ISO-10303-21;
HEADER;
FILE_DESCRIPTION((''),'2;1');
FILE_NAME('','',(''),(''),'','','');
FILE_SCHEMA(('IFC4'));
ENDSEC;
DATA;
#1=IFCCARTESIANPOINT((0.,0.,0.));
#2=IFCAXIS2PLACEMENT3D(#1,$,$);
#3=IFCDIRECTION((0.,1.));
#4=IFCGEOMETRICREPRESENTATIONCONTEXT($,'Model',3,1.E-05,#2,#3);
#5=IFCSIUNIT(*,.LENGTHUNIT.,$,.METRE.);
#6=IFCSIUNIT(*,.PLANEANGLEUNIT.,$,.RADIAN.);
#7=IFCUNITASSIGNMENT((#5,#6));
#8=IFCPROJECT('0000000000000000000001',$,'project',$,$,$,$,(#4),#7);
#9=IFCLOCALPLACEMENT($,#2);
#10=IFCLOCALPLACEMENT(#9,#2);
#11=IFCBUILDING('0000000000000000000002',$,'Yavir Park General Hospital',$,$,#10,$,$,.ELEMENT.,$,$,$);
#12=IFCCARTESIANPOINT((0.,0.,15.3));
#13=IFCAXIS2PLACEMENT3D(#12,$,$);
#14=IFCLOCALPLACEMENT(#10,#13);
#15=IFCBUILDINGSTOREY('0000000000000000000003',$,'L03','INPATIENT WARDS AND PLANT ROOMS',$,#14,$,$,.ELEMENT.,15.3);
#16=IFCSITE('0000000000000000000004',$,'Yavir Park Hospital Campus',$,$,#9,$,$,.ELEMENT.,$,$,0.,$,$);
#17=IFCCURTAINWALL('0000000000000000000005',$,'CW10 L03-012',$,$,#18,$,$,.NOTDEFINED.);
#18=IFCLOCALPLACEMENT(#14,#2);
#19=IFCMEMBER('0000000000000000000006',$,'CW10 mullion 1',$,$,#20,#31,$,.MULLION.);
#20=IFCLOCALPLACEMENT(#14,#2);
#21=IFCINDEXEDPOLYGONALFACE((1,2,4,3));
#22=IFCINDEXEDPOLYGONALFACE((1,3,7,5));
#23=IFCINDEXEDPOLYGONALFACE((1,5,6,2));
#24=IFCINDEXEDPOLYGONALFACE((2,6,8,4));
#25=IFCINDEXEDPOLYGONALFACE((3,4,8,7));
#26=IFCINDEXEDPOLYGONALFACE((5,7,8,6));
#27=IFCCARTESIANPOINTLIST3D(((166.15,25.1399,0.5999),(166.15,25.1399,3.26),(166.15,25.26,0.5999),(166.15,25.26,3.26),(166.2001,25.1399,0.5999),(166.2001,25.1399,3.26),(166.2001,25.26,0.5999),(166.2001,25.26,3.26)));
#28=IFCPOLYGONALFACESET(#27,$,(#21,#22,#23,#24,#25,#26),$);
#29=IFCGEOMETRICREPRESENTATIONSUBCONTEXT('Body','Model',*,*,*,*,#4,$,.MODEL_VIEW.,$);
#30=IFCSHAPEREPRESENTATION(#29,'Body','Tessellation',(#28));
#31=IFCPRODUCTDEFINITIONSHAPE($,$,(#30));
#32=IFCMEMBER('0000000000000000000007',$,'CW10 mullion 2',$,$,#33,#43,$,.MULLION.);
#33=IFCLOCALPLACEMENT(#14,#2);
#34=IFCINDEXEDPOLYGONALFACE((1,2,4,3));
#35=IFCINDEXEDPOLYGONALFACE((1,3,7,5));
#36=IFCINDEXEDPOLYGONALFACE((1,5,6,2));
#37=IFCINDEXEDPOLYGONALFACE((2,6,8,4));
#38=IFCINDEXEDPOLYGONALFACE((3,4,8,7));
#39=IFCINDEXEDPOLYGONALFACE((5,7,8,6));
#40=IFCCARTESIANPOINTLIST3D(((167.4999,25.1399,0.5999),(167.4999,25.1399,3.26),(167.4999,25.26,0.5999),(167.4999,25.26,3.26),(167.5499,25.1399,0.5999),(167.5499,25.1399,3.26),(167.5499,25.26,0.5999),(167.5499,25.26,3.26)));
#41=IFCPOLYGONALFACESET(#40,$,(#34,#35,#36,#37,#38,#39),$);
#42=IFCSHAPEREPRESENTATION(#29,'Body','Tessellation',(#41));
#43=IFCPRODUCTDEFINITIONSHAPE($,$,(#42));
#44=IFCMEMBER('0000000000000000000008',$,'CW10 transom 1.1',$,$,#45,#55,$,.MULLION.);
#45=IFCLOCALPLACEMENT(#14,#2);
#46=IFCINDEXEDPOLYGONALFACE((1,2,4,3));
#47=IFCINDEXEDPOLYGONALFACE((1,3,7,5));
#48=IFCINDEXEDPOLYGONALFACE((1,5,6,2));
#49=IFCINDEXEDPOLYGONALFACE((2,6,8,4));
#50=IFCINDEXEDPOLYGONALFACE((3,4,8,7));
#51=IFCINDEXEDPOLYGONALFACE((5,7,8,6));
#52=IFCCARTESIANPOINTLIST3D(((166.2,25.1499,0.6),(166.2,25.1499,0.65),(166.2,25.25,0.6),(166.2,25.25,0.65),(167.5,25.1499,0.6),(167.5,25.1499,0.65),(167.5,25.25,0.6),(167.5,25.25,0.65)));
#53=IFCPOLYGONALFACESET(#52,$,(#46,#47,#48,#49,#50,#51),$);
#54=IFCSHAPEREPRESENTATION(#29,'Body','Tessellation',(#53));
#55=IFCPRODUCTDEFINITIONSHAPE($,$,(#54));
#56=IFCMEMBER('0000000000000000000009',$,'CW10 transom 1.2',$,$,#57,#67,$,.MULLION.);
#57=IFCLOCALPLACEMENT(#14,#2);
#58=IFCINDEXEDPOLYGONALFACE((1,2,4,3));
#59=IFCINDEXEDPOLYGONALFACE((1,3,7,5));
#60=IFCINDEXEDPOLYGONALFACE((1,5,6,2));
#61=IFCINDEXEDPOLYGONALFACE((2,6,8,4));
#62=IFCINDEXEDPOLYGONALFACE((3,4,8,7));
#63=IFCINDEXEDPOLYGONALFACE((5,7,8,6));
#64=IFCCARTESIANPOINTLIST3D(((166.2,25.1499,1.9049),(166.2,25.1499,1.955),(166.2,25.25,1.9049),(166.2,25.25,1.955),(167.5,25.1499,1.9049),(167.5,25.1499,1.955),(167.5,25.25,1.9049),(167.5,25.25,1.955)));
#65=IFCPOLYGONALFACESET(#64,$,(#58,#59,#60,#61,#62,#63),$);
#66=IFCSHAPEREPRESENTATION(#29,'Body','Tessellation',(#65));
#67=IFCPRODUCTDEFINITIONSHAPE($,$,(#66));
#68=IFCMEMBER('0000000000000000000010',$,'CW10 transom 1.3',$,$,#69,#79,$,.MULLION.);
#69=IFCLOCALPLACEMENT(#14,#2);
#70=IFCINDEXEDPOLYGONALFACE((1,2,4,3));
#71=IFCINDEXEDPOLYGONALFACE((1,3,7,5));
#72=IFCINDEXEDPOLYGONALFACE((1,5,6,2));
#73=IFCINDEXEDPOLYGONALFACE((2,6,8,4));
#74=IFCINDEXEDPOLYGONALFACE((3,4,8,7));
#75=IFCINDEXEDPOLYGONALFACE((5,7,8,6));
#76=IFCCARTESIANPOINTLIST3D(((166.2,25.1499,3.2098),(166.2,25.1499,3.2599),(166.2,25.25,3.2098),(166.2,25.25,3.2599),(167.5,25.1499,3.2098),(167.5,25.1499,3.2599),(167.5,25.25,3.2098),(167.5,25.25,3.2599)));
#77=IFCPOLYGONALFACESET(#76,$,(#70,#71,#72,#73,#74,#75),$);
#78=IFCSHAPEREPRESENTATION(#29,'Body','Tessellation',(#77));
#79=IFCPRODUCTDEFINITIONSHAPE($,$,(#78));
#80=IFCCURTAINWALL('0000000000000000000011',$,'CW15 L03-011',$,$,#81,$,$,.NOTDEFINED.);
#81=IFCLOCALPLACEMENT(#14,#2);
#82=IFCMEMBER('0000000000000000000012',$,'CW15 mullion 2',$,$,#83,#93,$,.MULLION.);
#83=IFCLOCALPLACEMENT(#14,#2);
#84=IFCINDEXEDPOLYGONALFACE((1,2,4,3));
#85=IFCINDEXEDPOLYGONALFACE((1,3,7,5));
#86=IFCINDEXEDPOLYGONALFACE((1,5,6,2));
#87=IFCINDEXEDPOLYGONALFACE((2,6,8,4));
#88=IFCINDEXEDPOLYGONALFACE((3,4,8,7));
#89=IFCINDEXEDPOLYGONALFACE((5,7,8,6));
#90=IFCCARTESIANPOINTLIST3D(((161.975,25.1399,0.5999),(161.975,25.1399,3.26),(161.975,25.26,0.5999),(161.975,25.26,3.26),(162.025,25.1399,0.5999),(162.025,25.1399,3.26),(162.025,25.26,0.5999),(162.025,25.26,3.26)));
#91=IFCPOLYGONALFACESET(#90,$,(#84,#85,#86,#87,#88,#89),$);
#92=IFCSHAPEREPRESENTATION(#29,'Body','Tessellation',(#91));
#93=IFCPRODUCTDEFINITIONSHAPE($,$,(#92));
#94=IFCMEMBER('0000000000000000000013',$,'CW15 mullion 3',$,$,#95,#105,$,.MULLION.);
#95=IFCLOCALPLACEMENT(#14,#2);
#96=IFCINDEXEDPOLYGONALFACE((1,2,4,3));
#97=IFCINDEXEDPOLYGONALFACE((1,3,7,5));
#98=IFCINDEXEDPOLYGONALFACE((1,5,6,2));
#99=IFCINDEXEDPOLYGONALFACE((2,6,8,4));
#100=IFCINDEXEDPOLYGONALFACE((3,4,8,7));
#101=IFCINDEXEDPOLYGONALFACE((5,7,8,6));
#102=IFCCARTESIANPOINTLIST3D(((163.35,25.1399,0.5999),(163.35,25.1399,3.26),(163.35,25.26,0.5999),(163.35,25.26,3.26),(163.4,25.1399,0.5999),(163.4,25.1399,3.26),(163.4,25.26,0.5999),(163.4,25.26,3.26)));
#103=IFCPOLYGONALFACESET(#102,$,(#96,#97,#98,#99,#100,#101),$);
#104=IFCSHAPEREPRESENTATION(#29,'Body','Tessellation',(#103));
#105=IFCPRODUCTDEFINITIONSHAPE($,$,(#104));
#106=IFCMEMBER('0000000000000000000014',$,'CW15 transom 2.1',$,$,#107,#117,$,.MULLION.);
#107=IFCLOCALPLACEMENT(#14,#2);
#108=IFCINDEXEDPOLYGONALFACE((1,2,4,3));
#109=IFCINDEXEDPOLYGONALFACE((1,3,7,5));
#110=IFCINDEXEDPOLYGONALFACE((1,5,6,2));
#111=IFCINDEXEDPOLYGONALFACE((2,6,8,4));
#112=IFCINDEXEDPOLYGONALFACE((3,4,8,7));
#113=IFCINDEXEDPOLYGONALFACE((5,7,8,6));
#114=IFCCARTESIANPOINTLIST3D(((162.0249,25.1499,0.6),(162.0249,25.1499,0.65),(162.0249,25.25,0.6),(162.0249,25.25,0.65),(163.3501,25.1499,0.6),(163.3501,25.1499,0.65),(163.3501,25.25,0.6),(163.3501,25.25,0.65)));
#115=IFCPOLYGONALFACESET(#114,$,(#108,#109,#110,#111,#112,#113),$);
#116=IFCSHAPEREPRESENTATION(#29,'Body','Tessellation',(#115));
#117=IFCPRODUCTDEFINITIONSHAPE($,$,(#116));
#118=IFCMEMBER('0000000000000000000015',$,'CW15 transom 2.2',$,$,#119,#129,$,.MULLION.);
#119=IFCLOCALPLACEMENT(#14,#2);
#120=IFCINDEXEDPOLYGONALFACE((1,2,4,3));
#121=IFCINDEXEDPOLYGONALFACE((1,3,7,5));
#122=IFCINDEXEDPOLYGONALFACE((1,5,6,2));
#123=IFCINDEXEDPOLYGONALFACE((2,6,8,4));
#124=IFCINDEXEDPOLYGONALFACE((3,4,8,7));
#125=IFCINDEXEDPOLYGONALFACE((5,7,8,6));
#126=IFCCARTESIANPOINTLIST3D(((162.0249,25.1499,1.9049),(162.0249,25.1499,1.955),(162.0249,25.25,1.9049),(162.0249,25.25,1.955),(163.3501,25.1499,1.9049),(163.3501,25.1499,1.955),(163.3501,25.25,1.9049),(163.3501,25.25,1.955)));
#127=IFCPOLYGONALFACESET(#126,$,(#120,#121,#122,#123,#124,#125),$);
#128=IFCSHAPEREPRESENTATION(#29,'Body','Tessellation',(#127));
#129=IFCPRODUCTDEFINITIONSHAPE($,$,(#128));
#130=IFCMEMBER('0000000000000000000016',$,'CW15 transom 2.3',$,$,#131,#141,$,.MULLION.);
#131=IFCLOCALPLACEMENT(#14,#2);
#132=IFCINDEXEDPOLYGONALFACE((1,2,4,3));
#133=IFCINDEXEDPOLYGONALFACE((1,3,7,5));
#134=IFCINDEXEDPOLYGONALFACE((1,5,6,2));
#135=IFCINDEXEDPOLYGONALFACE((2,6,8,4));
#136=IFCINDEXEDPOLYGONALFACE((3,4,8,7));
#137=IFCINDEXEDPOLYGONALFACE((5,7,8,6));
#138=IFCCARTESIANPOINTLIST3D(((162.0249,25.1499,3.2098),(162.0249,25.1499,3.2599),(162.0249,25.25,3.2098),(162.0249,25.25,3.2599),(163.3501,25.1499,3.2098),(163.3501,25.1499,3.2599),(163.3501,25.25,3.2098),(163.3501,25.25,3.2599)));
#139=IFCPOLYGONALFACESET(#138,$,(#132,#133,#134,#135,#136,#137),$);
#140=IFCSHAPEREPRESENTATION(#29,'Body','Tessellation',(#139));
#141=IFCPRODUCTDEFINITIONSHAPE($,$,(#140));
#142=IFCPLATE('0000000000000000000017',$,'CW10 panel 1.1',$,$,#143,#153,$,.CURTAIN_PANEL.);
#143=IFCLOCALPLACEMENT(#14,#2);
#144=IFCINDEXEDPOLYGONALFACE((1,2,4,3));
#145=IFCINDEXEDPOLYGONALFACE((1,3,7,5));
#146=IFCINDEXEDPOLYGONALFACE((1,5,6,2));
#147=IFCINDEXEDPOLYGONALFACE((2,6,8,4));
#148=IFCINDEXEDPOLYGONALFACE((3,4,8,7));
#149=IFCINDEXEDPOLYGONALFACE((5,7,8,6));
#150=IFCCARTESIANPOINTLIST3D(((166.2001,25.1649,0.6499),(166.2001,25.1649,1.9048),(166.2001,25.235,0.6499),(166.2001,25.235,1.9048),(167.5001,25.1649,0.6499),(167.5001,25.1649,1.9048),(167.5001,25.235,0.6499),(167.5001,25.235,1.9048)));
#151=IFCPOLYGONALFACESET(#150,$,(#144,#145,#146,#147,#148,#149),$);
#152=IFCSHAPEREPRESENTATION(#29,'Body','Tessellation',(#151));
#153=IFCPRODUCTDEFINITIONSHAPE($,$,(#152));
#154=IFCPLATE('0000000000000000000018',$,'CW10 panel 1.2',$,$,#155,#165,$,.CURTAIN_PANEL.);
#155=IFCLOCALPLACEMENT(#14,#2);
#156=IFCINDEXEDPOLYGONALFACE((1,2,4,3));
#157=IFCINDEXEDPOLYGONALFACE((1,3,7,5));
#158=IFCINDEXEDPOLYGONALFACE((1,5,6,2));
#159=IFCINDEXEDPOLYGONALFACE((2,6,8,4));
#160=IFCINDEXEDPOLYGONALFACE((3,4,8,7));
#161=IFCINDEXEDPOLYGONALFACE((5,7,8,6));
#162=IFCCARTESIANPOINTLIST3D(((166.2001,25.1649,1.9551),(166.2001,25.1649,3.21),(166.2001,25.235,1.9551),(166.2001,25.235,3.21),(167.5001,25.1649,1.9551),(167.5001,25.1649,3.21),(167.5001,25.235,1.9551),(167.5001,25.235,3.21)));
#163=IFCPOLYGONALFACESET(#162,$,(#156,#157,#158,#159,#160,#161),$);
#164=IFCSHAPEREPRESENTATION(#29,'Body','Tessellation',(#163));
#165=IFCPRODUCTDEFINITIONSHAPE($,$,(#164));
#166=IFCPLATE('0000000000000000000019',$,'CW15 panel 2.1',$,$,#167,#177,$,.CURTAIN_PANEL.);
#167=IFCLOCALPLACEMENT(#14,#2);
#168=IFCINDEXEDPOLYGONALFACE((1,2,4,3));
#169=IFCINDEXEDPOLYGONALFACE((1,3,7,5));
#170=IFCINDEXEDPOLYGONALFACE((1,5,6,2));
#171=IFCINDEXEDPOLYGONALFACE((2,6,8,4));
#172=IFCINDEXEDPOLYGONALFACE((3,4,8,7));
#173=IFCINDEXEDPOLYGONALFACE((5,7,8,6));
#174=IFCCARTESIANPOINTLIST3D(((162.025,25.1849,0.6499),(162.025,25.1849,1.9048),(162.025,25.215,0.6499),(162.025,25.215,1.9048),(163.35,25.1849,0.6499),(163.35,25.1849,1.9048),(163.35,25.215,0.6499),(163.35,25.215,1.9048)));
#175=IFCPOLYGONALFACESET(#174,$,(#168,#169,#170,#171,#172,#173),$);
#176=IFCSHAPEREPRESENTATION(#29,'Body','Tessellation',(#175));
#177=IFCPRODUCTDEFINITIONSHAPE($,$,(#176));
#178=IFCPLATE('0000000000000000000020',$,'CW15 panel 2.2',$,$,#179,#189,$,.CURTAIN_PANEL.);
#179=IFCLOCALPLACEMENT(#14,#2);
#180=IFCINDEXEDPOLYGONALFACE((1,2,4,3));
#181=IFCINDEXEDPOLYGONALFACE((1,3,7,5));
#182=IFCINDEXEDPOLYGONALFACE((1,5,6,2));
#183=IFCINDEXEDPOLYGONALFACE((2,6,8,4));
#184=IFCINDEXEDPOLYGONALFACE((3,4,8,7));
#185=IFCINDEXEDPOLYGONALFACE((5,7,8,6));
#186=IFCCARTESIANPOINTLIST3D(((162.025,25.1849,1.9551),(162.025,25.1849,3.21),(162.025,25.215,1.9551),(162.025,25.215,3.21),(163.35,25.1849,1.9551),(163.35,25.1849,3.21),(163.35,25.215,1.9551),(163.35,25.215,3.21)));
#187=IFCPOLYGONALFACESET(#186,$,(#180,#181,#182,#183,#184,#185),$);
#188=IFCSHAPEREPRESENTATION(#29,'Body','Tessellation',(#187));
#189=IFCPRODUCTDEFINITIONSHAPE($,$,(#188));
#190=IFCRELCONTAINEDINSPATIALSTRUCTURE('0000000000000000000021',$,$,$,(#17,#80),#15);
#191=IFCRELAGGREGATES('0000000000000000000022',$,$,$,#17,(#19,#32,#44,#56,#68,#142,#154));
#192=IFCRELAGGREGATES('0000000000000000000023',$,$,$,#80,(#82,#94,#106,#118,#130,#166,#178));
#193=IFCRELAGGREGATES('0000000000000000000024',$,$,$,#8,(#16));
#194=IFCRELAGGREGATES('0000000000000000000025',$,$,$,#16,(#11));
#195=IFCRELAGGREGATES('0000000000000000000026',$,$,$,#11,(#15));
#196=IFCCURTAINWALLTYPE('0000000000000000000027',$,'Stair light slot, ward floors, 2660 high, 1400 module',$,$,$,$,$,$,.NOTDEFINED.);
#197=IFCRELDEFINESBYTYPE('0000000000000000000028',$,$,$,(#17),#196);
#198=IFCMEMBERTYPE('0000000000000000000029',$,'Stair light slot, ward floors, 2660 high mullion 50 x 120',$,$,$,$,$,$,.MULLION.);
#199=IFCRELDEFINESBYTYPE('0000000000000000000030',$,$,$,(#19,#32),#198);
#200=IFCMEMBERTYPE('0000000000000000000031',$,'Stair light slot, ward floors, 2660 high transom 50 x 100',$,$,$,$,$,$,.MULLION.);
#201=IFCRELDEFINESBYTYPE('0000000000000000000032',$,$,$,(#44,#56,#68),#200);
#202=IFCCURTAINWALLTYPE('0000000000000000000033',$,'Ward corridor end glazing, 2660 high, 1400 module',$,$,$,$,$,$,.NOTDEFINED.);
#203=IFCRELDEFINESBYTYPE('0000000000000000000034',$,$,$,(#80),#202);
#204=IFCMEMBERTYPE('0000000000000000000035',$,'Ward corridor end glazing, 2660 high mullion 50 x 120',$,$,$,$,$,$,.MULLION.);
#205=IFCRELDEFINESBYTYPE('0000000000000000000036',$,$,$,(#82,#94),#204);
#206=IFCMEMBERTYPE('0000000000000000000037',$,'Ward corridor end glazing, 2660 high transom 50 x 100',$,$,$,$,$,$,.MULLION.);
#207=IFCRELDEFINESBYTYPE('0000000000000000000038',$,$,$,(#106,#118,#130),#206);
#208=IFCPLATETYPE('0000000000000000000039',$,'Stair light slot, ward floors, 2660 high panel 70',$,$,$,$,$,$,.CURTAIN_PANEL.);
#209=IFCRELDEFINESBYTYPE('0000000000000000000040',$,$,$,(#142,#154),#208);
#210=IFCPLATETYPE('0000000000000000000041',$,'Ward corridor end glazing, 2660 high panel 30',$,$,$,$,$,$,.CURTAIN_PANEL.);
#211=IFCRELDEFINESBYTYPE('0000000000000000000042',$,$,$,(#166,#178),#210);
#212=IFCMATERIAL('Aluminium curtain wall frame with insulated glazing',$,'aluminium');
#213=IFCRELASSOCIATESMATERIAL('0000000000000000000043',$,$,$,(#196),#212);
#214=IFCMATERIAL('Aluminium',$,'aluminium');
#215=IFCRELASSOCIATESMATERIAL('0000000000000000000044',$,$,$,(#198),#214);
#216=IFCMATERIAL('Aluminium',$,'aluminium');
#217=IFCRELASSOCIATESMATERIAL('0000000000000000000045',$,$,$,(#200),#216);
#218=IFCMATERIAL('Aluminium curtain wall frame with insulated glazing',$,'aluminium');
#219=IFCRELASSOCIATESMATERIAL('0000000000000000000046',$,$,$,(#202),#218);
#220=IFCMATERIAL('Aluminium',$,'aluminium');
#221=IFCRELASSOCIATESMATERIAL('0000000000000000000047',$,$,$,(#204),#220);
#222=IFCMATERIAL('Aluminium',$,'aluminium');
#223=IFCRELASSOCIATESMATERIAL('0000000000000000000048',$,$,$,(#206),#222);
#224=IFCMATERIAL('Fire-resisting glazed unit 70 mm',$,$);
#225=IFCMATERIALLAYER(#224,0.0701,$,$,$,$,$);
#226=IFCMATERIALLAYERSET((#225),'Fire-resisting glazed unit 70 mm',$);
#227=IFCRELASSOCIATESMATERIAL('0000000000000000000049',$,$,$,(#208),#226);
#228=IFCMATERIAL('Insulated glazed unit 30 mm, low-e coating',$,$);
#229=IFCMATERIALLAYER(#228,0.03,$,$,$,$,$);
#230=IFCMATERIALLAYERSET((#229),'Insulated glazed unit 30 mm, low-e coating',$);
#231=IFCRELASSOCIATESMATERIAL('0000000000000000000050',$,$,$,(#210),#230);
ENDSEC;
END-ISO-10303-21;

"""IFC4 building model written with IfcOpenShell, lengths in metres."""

from ifc_helpers import new_model, si_unit, direction, frame, origin, origin_2d, place, context, subcontext, project, spatial, rectangle, extrude, material, layer, layer_set, material_profile, profile_set, type_object, element, aggregate, save


model = new_model("IFC4")

# Units and contexts
model_context = context("Model", 3, precision=1e-05, world=origin(), true_north=direction((0.0, 1.0)))
body_context = subcontext(model_context, "Body", "Model", "MODEL_VIEW")
ifc_project = project(units=[si_unit("LENGTHUNIT", "METRE"), si_unit("PLANEANGLEUNIT", "RADIAN")], contexts=[model_context])

# Site, building, storey
site_placement = place(None, origin())
site = spatial("IfcSite", under=ifc_project, at=site_placement, Name="Yavir Park Hospital Campus", CompositionType="ELEMENT", RefElevation=0.0)
building_placement = place(site_placement, origin())
building = spatial("IfcBuilding", under=site, at=building_placement, Name="Yavir Park General Hospital", CompositionType="ELEMENT")
storey_placement = place(building_placement, frame((0.0, 0.0, 15.3)))
storey = spatial("IfcBuildingStorey", under=building, at=storey_placement, Name="L03", Description="INPATIENT WARDS AND PLANT ROOMS", CompositionType="ELEMENT", Elevation=15.3)

# Curtain walls, members
ifc_material_1 = material(Name="Aluminium curtain wall frame with insulated glazing", Category="aluminium")
curtain_wall_type_1 = type_object("IfcCurtainWallType", Name="Stair light slot, ward floors, 2660 high, 1400 module", PredefinedType="NOTDEFINED", material=ifc_material_1)
curtain_wall_1_placement = place(storey_placement, origin())
curtain_wall_1 = element("IfcCurtainWall", 1, at=curtain_wall_1_placement, inside=storey, type_object=curtain_wall_type_1, Name="CW10 L03-012", PredefinedType="NOTDEFINED")
ifc_material_2 = material(Name="Aluminium", Category="aluminium")
ifc_material_profile_1 = material_profile(ifc_material_2, rectangle(XDim=0.1201, YDim=0.05, at=origin_2d()), Name="AL 50x120")
ifc_profile_set_1 = profile_set([ifc_material_profile_1], Name="Aluminium")
member_type_1 = type_object("IfcMemberType", Name="Stair light slot, ward floors, 2660 high mullion 50 x 120", PredefinedType="MULLION", material=ifc_profile_set_1)
member_1_placement = place(storey_placement, frame((166.175, 25.2, 0.5999), z_axis=(0.0, 0.0, 1.0), x_axis=(0.0, 1.0, 0.0)))
member_1 = element("IfcMember", 2, at=member_1_placement, type_object=member_type_1, Name="CW10 mullion 1", PredefinedType="MULLION", context=body_context, shape_type="SweptSolid", body=[
    extrude(rectangle(XDim=0.1201, YDim=0.05, at=origin_2d()), origin(), (0.0, 0.0, 1.0), 2.6602),
])
member_2_placement = place(storey_placement, frame((167.5249, 25.2, 0.5999), z_axis=(0.0, 0.0, 1.0), x_axis=(0.0, 1.0, 0.0)))
member_2 = element("IfcMember", 3, at=member_2_placement, type_object=member_type_1, Name="CW10 mullion 2", PredefinedType="MULLION", context=body_context, shape_type="SweptSolid", body=[
    extrude(rectangle(XDim=0.1201, YDim=0.05, at=origin_2d()), origin(), (0.0, 0.0, 1.0), 2.6602),
])
ifc_material_3 = material(Name="Aluminium", Category="aluminium")
ifc_material_profile_2 = material_profile(ifc_material_3, rectangle(XDim=0.1001, YDim=0.05, at=origin_2d()), Name="AL 100x50")
ifc_profile_set_2 = profile_set([ifc_material_profile_2], Name="Aluminium")
member_type_2 = type_object("IfcMemberType", Name="Stair light slot, ward floors, 2660 high transom 50 x 100", PredefinedType="MULLION", material=ifc_profile_set_2)
member_3_placement = place(storey_placement, frame((166.2, 25.2, 0.625), z_axis=(1.0, 0.0, 0.0), x_axis=(0.0, 1.0, 0.0)))
member_3 = element("IfcMember", 4, at=member_3_placement, type_object=member_type_2, Name="CW10 transom 1.1", PredefinedType="MULLION", context=body_context, shape_type="SweptSolid", body=[
    extrude(rectangle(XDim=0.1001, YDim=0.05, at=origin_2d()), origin(), (0.0, 0.0, 1.0), 1.3),
])
member_4_placement = place(storey_placement, frame((166.2, 25.2, 1.9299), z_axis=(1.0, 0.0, 0.0), x_axis=(0.0, 1.0, 0.0)))
member_4 = element("IfcMember", 5, at=member_4_placement, type_object=member_type_2, Name="CW10 transom 1.2", PredefinedType="MULLION", context=body_context, shape_type="SweptSolid", body=[
    extrude(rectangle(XDim=0.1001, YDim=0.05, at=origin_2d()), origin(), (0.0, 0.0, 1.0), 1.3),
])
member_5_placement = place(storey_placement, frame((166.2, 25.2, 3.2349), z_axis=(1.0, 0.0, 0.0), x_axis=(0.0, 1.0, 0.0)))
member_5 = element("IfcMember", 6, at=member_5_placement, type_object=member_type_2, Name="CW10 transom 1.3", PredefinedType="MULLION", context=body_context, shape_type="SweptSolid", body=[
    extrude(rectangle(XDim=0.1001, YDim=0.05, at=origin_2d()), origin(), (0.0, 0.0, 1.0), 1.3),
])
ifc_material_4 = material(Name="Aluminium curtain wall frame with insulated glazing", Category="aluminium")
curtain_wall_type_2 = type_object("IfcCurtainWallType", Name="Ward corridor end glazing, 2660 high, 1400 module", PredefinedType="NOTDEFINED", material=ifc_material_4)
curtain_wall_2_placement = place(storey_placement, origin())
curtain_wall_2 = element("IfcCurtainWall", 7, at=curtain_wall_2_placement, inside=storey, type_object=curtain_wall_type_2, Name="CW15 L03-011", PredefinedType="NOTDEFINED")
ifc_material_5 = material(Name="Aluminium", Category="aluminium")
ifc_material_profile_3 = material_profile(ifc_material_5, rectangle(XDim=0.1201, YDim=0.05, at=origin_2d()), Name="AL 50x120")
ifc_profile_set_3 = profile_set([ifc_material_profile_3], Name="Aluminium")
member_type_3 = type_object("IfcMemberType", Name="Ward corridor end glazing, 2660 high mullion 50 x 120", PredefinedType="MULLION", material=ifc_profile_set_3)
member_6_placement = place(storey_placement, frame((162.0, 25.2, 0.5999), z_axis=(0.0, 0.0, 1.0), x_axis=(0.0, 1.0, 0.0)))
member_6 = element("IfcMember", 8, at=member_6_placement, type_object=member_type_3, Name="CW15 mullion 2", PredefinedType="MULLION", context=body_context, shape_type="SweptSolid", body=[
    extrude(rectangle(XDim=0.1201, YDim=0.05, at=origin_2d()), origin(), (0.0, 0.0, 1.0), 2.6602),
])
member_7_placement = place(storey_placement, frame((163.375, 25.2, 0.5999), z_axis=(0.0, 0.0, 1.0), x_axis=(0.0, 1.0, 0.0)))
member_7 = element("IfcMember", 9, at=member_7_placement, type_object=member_type_3, Name="CW15 mullion 3", PredefinedType="MULLION", context=body_context, shape_type="SweptSolid", body=[
    extrude(rectangle(XDim=0.1201, YDim=0.05, at=origin_2d()), origin(), (0.0, 0.0, 1.0), 2.6602),
])
ifc_material_6 = material(Name="Aluminium", Category="aluminium")
ifc_material_profile_4 = material_profile(ifc_material_6, rectangle(XDim=0.1001, YDim=0.05, at=origin_2d()), Name="AL 100x50")
ifc_profile_set_4 = profile_set([ifc_material_profile_4], Name="Aluminium")
member_type_4 = type_object("IfcMemberType", Name="Ward corridor end glazing, 2660 high transom 50 x 100", PredefinedType="MULLION", material=ifc_profile_set_4)
member_8_placement = place(storey_placement, frame((162.0249, 25.2, 0.625), z_axis=(1.0, 0.0, 0.0), x_axis=(0.0, 1.0, 0.0)))
member_8 = element("IfcMember", 10, at=member_8_placement, type_object=member_type_4, Name="CW15 transom 2.1", PredefinedType="MULLION", context=body_context, shape_type="SweptSolid", body=[
    extrude(rectangle(XDim=0.1001, YDim=0.05, at=origin_2d()), origin(), (0.0, 0.0, 1.0), 1.3252),
])
member_9_placement = place(storey_placement, frame((162.0249, 25.2, 1.9299), z_axis=(1.0, 0.0, 0.0), x_axis=(0.0, 1.0, 0.0)))
member_9 = element("IfcMember", 11, at=member_9_placement, type_object=member_type_4, Name="CW15 transom 2.2", PredefinedType="MULLION", context=body_context, shape_type="SweptSolid", body=[
    extrude(rectangle(XDim=0.1001, YDim=0.05, at=origin_2d()), origin(), (0.0, 0.0, 1.0), 1.3252),
])
member_10_placement = place(storey_placement, frame((162.0249, 25.2, 3.2349), z_axis=(1.0, 0.0, 0.0), x_axis=(0.0, 1.0, 0.0)))
member_10 = element("IfcMember", 12, at=member_10_placement, type_object=member_type_4, Name="CW15 transom 2.3", PredefinedType="MULLION", context=body_context, shape_type="SweptSolid", body=[
    extrude(rectangle(XDim=0.1001, YDim=0.05, at=origin_2d()), origin(), (0.0, 0.0, 1.0), 1.3252),
])

# Plates
ifc_material_7 = material(Name="Fire-resisting glazed unit 70 mm")
ifc_layer_1 = layer(ifc_material_7, 0.0701)
ifc_layer_set_1 = layer_set([ifc_layer_1], Name="Fire-resisting glazed unit 70 mm")
plate_type_1 = type_object("IfcPlateType", Name="Stair light slot, ward floors, 2660 high panel 70", PredefinedType="CURTAIN_PANEL", material=ifc_layer_set_1)
plate_1_placement = place(storey_placement, frame((166.8501, 25.2, 0.6499), z_axis=(0.0, 0.0, 1.0), x_axis=(1.0, 0.0, 0.0)))
plate_1 = element("IfcPlate", 13, at=plate_1_placement, type_object=plate_type_1, Name="CW10 panel 1.1", PredefinedType="CURTAIN_PANEL", context=body_context, shape_type="SweptSolid", body=[
    extrude(rectangle(XDim=1.3, YDim=0.0701, at=origin_2d()), origin(), (0.0, 0.0, 1.0), 1.2549),
])
plate_2_placement = place(storey_placement, frame((166.8501, 25.2, 1.9551), z_axis=(0.0, 0.0, 1.0), x_axis=(1.0, 0.0, 0.0)))
plate_2 = element("IfcPlate", 14, at=plate_2_placement, type_object=plate_type_1, Name="CW10 panel 1.2", PredefinedType="CURTAIN_PANEL", context=body_context, shape_type="SweptSolid", body=[
    extrude(rectangle(XDim=1.3, YDim=0.0701, at=origin_2d()), origin(), (0.0, 0.0, 1.0), 1.2549),
])
aggregate(curtain_wall_1, [member_1, member_2, member_3, member_4, member_5, plate_1, plate_2])
ifc_material_8 = material(Name="Insulated glazed unit 30 mm, low-e coating")
ifc_layer_2 = layer(ifc_material_8, 0.03)
ifc_layer_set_2 = layer_set([ifc_layer_2], Name="Insulated glazed unit 30 mm, low-e coating")
plate_type_2 = type_object("IfcPlateType", Name="Ward corridor end glazing, 2660 high panel 30", PredefinedType="CURTAIN_PANEL", material=ifc_layer_set_2)
plate_3_placement = place(storey_placement, frame((162.6875, 25.2, 0.6499), z_axis=(0.0, 0.0, 1.0), x_axis=(1.0, 0.0, 0.0)))
plate_3 = element("IfcPlate", 15, at=plate_3_placement, type_object=plate_type_2, Name="CW15 panel 2.1", PredefinedType="CURTAIN_PANEL", context=body_context, shape_type="SweptSolid", body=[
    extrude(rectangle(XDim=1.325, YDim=0.03, at=origin_2d()), origin(), (0.0, 0.0, 1.0), 1.2549),
])
plate_4_placement = place(storey_placement, frame((162.6875, 25.2, 1.9551), z_axis=(0.0, 0.0, 1.0), x_axis=(1.0, 0.0, 0.0)))
plate_4 = element("IfcPlate", 16, at=plate_4_placement, type_object=plate_type_2, Name="CW15 panel 2.2", PredefinedType="CURTAIN_PANEL", context=body_context, shape_type="SweptSolid", body=[
    extrude(rectangle(XDim=1.325, YDim=0.03, at=origin_2d()), origin(), (0.0, 0.0, 1.0), 1.2549),
])
aggregate(curtain_wall_2, [member_6, member_7, member_8, member_9, member_10, plate_3, plate_4])

save(model, "model.ifc")
